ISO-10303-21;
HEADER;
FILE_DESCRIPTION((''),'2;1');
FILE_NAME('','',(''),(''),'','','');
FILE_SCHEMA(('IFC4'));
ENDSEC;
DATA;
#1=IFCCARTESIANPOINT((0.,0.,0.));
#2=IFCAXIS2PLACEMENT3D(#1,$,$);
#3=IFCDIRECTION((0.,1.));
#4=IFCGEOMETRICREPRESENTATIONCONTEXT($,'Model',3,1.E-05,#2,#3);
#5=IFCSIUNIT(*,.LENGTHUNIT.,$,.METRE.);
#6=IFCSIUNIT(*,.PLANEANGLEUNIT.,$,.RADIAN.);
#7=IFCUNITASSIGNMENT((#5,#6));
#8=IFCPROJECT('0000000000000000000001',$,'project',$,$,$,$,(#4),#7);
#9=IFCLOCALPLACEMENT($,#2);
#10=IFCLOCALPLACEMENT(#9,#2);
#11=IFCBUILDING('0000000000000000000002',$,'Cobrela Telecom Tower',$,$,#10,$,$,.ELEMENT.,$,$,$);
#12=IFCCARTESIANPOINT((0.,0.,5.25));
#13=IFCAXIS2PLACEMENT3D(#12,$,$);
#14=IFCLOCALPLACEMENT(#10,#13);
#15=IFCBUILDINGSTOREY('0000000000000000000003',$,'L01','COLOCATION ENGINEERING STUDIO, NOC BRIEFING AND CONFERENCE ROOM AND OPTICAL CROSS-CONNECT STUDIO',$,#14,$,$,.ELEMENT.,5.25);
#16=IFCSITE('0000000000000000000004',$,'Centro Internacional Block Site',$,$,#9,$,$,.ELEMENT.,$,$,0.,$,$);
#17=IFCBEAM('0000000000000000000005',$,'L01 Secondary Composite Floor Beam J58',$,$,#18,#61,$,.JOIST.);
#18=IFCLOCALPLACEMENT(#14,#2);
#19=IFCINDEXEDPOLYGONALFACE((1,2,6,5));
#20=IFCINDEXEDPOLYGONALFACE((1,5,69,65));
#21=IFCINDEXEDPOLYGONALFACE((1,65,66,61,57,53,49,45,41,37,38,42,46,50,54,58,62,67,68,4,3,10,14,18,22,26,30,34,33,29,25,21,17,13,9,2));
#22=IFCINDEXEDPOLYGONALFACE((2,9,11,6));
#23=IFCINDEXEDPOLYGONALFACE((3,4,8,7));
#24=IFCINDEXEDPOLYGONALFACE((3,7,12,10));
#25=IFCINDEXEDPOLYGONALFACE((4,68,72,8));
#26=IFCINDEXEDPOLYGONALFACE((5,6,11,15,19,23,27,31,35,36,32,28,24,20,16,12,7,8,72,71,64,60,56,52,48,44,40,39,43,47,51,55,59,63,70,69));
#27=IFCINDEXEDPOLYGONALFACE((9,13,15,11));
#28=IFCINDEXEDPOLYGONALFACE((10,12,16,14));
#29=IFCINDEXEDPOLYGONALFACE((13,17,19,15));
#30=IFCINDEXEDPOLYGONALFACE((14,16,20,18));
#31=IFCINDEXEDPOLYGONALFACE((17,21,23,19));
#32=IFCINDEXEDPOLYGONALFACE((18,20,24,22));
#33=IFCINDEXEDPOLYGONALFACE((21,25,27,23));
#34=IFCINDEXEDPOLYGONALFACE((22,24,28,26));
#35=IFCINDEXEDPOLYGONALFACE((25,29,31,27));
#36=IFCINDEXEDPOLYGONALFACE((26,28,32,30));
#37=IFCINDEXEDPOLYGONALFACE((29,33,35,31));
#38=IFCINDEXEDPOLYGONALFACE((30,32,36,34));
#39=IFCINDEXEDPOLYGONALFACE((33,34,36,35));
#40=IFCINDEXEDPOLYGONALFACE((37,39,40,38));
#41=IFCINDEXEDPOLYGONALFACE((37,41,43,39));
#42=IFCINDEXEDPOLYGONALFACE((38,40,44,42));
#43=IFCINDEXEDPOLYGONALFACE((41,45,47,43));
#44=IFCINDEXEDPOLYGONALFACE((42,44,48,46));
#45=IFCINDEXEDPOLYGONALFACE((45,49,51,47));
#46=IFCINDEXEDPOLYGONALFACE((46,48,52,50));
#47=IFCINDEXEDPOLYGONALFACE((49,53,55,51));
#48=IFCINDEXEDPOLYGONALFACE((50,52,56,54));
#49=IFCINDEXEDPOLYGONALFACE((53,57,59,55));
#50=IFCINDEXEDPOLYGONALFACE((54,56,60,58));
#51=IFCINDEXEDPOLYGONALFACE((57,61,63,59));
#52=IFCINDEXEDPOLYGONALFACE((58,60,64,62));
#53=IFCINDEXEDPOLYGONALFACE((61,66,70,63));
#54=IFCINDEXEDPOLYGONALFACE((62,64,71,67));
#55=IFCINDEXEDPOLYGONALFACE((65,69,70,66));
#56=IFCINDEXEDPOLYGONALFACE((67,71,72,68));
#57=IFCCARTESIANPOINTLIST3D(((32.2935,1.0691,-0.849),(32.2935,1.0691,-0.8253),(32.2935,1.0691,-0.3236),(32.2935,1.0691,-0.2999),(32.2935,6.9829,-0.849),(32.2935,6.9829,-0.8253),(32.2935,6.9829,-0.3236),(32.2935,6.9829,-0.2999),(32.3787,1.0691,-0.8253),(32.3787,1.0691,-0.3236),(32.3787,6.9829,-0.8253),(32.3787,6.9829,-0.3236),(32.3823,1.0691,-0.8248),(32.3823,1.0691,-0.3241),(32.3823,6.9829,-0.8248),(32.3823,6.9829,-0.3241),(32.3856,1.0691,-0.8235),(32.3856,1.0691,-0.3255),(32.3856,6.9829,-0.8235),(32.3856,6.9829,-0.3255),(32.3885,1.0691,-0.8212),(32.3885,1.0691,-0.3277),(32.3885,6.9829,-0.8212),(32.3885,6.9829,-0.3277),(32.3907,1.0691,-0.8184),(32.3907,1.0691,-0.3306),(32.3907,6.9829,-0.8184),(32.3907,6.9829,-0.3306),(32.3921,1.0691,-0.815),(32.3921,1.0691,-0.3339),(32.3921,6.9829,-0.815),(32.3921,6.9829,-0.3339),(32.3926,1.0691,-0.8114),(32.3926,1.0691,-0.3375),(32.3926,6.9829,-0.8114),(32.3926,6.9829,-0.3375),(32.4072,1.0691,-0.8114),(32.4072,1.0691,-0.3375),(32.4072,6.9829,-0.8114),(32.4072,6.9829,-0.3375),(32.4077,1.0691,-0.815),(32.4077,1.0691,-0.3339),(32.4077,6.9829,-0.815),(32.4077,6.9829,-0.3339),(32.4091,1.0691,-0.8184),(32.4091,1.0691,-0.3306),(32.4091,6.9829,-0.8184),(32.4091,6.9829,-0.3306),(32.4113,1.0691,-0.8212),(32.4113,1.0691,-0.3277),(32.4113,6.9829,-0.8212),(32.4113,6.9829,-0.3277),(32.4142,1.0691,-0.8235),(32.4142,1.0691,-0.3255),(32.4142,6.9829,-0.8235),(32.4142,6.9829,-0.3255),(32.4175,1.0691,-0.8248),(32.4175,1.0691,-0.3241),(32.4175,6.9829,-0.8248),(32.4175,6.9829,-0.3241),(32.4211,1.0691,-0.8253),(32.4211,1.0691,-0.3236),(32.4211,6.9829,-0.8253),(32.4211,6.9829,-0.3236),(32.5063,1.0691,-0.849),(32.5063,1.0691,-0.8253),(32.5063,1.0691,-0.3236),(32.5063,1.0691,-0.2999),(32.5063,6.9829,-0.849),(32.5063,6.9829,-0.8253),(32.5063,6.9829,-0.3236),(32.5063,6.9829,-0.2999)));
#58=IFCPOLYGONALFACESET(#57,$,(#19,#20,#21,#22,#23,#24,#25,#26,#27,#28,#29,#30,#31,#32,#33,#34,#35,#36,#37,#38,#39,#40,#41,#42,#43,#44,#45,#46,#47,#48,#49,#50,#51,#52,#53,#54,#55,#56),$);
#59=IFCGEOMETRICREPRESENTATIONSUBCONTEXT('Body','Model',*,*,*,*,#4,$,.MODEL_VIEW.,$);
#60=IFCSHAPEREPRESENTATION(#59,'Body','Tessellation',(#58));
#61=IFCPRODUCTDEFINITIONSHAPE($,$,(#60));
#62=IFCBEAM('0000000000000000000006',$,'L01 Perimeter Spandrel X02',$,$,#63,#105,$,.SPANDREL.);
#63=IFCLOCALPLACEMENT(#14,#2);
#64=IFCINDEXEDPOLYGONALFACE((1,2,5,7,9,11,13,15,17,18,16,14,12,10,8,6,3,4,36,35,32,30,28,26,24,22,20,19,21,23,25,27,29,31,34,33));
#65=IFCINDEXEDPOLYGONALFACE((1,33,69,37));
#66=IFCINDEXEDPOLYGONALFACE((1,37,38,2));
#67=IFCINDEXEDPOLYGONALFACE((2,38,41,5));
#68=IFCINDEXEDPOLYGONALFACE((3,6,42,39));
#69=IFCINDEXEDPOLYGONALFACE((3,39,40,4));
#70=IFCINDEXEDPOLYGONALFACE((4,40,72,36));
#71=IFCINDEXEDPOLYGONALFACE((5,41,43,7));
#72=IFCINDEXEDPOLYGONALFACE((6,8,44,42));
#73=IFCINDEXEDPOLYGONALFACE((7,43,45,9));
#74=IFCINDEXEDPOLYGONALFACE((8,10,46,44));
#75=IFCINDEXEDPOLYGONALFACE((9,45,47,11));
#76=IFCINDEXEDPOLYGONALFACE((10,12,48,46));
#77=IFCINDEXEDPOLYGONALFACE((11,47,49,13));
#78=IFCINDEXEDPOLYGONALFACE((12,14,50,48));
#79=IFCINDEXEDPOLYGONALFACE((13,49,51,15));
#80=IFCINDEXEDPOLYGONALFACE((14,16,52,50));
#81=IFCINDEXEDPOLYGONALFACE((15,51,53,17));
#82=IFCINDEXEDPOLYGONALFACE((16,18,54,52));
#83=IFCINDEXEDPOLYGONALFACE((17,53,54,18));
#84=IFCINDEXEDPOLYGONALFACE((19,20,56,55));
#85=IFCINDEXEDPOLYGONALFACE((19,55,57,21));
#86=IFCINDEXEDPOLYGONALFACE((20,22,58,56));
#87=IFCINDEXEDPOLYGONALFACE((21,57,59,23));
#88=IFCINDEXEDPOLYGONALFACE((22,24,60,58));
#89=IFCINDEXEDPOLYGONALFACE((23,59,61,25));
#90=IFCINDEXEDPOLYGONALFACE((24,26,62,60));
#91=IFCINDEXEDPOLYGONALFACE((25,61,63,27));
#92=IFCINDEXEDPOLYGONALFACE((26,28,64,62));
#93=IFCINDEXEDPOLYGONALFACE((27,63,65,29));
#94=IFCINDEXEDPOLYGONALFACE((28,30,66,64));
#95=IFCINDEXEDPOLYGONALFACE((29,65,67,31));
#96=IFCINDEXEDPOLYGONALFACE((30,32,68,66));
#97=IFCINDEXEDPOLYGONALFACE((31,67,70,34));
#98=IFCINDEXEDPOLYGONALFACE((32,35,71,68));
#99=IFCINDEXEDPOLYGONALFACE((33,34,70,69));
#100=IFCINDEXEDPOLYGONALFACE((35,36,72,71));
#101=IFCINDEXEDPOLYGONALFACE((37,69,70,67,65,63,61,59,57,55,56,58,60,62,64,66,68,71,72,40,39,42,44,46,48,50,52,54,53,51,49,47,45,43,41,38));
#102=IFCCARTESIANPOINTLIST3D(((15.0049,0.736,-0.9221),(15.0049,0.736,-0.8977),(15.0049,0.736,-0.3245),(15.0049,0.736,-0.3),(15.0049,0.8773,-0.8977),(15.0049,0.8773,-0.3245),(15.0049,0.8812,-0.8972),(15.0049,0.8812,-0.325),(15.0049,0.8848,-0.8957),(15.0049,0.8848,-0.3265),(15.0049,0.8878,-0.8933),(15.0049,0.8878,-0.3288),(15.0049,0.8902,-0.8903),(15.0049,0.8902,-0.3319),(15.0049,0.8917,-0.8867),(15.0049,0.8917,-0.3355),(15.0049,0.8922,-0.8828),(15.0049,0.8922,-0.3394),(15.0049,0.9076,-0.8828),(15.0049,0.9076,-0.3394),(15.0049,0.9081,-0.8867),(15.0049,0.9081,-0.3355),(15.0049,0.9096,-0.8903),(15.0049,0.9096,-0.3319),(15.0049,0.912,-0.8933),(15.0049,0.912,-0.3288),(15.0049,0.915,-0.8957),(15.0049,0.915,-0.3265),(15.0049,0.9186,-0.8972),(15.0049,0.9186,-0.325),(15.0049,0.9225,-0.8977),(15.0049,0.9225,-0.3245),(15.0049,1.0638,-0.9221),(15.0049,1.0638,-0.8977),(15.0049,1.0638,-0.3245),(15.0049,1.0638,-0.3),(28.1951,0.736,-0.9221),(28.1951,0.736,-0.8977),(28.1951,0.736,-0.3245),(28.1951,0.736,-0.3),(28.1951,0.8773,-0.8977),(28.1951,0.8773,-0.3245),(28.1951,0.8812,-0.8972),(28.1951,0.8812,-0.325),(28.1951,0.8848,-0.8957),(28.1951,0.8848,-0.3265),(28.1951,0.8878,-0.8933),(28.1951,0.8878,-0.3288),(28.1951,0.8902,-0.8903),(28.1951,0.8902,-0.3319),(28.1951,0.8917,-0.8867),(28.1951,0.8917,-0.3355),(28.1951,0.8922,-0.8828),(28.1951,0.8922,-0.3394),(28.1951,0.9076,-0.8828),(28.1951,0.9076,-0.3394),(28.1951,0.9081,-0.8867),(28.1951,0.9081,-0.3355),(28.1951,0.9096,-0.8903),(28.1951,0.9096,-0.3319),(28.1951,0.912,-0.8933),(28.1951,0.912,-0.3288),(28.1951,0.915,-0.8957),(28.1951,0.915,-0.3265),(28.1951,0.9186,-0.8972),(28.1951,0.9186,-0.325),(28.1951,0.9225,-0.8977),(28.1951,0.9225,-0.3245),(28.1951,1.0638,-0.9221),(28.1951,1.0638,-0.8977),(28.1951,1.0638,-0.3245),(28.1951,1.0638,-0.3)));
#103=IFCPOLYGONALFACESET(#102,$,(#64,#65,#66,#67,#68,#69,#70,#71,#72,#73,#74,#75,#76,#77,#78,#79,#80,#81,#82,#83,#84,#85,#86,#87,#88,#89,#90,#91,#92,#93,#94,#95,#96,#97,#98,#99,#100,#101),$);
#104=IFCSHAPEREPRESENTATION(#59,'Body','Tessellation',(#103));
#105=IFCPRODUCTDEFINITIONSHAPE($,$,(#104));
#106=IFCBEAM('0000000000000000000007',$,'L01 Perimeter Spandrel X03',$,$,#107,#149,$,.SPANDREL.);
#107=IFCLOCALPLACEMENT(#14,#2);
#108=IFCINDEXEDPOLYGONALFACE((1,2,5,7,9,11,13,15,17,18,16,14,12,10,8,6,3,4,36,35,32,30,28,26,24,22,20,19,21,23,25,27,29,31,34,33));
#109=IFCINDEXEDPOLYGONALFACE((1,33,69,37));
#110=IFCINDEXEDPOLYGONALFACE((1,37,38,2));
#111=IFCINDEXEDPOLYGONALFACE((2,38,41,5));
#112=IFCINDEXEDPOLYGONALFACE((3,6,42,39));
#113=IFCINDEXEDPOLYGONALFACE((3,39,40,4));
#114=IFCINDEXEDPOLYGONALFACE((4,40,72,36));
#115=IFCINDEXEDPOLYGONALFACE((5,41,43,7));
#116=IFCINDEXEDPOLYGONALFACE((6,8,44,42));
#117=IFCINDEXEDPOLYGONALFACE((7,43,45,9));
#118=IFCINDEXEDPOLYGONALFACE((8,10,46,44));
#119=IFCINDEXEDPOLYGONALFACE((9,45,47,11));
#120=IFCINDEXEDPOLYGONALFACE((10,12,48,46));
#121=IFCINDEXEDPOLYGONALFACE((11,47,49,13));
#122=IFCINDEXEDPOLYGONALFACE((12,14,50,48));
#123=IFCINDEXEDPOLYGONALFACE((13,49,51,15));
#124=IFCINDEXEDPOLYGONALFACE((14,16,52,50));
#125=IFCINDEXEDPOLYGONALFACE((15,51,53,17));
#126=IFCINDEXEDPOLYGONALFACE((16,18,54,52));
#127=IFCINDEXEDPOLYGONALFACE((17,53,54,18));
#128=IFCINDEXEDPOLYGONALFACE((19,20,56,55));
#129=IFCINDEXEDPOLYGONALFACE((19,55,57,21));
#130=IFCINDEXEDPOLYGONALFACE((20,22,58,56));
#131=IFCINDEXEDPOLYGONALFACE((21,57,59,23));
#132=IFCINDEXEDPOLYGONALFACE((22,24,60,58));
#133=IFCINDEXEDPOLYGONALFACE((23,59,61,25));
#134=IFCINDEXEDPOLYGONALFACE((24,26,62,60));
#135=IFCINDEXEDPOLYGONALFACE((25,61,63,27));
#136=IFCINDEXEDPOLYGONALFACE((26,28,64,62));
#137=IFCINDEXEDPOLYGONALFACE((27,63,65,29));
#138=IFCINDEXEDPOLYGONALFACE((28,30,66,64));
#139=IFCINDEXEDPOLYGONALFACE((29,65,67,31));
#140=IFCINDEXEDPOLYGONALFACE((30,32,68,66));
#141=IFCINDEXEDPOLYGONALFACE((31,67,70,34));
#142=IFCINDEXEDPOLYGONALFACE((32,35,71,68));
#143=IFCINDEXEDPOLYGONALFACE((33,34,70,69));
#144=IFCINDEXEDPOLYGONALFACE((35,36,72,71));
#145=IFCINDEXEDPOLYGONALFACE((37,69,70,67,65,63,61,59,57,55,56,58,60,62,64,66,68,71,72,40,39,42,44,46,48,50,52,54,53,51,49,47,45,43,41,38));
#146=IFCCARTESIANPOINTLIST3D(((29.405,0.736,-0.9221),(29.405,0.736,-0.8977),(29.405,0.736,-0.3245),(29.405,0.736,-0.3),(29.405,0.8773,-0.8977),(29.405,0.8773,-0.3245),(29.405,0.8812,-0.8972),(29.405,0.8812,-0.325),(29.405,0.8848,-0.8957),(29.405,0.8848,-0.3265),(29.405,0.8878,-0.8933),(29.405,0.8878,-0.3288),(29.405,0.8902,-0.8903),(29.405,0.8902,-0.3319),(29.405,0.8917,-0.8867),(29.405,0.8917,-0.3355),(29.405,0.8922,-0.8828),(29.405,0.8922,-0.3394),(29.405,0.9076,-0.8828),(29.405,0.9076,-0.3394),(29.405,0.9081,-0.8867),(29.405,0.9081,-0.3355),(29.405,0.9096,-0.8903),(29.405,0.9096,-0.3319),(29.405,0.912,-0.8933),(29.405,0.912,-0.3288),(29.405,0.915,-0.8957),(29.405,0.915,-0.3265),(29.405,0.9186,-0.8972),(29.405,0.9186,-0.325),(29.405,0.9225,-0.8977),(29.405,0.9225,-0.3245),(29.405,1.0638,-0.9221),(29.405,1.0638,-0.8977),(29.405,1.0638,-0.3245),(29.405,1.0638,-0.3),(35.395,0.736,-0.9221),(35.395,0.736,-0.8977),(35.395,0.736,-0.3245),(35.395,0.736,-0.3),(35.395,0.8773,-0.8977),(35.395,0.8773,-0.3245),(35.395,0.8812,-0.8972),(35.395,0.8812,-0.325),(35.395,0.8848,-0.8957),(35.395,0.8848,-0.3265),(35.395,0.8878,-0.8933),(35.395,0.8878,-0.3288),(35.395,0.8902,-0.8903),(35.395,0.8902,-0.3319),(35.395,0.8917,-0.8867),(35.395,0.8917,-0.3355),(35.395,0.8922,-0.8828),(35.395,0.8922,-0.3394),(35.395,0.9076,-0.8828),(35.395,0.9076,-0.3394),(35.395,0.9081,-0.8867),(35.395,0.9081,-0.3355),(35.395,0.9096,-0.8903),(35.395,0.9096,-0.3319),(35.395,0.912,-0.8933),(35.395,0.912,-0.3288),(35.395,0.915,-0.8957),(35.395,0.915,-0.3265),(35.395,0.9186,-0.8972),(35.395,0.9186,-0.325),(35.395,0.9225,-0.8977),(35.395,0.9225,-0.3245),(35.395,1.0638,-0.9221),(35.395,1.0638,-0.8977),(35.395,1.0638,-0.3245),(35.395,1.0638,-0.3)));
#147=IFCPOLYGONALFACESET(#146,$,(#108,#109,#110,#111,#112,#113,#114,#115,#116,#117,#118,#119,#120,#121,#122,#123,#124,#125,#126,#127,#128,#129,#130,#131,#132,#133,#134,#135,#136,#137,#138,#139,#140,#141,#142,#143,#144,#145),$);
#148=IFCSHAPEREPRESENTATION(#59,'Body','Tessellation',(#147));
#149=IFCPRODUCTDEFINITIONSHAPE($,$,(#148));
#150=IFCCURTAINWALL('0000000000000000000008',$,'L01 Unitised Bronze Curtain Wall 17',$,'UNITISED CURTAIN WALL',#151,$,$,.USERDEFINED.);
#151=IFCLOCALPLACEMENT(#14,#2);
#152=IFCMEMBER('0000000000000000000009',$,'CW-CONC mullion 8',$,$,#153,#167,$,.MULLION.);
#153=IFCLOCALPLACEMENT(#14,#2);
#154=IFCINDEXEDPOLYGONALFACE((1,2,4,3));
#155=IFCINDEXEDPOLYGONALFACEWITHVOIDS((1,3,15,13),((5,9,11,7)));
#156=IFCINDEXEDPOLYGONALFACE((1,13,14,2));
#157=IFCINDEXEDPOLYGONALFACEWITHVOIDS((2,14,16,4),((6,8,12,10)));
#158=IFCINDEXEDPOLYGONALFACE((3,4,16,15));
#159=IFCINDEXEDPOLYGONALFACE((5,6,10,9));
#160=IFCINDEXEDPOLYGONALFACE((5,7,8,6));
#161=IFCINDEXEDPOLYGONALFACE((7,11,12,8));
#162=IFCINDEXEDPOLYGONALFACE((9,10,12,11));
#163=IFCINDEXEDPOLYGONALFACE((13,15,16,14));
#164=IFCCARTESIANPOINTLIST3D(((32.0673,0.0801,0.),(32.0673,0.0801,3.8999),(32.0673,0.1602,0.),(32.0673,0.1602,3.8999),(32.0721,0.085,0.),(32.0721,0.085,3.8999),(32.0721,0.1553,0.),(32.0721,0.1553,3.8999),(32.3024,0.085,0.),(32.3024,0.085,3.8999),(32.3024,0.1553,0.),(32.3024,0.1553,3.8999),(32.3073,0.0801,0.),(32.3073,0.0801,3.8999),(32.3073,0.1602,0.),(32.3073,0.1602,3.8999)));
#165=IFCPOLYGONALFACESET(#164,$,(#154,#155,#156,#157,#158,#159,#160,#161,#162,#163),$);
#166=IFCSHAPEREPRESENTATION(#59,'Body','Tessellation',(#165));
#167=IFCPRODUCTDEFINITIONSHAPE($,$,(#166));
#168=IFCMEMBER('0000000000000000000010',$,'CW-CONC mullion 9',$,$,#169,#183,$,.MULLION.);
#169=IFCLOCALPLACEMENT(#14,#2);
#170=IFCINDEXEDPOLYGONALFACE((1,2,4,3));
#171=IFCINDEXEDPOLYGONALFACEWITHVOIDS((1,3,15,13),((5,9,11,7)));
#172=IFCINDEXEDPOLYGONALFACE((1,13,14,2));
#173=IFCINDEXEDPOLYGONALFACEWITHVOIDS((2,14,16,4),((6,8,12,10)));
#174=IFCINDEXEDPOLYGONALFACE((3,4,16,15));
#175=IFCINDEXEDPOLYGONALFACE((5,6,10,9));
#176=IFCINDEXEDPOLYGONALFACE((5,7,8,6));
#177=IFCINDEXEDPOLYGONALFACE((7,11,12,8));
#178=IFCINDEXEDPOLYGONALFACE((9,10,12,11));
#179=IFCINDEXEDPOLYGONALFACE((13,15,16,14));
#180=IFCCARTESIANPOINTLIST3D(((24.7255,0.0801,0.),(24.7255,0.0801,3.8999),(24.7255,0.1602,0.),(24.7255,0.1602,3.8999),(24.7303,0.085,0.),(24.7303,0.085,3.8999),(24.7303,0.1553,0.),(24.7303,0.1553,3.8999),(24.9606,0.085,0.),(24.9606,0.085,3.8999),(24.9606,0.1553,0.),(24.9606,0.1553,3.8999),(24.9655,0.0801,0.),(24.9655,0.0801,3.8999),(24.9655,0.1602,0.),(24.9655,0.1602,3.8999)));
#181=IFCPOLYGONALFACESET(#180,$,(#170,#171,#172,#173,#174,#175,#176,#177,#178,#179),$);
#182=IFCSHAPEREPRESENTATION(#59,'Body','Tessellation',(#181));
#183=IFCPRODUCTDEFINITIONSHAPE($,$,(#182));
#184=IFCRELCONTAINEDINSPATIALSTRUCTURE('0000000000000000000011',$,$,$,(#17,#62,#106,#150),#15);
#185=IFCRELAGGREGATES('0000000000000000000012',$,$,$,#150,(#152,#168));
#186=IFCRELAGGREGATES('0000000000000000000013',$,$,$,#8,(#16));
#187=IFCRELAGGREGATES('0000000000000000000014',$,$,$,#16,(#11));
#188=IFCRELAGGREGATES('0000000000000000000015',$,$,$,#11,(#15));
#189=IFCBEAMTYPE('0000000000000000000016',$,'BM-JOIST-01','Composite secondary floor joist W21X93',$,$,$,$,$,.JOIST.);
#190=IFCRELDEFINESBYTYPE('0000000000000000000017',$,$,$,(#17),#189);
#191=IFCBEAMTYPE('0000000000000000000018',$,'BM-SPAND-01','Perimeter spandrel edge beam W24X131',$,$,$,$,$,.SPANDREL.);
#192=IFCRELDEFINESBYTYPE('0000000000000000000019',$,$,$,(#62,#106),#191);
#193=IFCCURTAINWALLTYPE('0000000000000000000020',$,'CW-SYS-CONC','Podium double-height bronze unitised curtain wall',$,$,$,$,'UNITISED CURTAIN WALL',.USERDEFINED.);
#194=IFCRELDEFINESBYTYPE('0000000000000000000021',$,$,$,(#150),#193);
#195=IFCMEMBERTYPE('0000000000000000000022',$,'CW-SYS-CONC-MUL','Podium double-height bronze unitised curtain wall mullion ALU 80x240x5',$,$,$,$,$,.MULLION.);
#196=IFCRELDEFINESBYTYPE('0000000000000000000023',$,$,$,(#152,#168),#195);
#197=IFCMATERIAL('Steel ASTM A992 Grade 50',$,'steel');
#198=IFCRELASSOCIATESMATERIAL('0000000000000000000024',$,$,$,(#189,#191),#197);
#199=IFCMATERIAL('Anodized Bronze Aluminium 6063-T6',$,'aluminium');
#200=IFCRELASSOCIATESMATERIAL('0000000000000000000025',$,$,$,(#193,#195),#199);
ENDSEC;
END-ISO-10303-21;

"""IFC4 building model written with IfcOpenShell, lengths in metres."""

from ifc_helpers import new_model, si_unit, direction, frame, origin, origin_2d, place, context, subcontext, project, spatial, hollow_rectangle, i_section, extrude, material, material_profile, profile_set, type_object, element, aggregate, save


model = new_model("IFC4")

# Units and contexts
model_context = context("Model", 3, precision=1e-05, world=origin(), true_north=direction((0.0, 1.0)))
body_context = subcontext(model_context, "Body", "Model", "MODEL_VIEW")
ifc_project = project(units=[si_unit("LENGTHUNIT", "METRE"), si_unit("PLANEANGLEUNIT", "RADIAN")], contexts=[model_context])

# Site, building, storey
site_placement = place(None, origin())
site = spatial("IfcSite", under=ifc_project, at=site_placement, Name="Centro Internacional Block Site", CompositionType="ELEMENT", RefElevation=0.0)
building_placement = place(site_placement, origin())
building = spatial("IfcBuilding", under=site, at=building_placement, Name="Cobrela Telecom Tower", CompositionType="ELEMENT")
storey_placement = place(building_placement, frame((0.0, 0.0, 5.25)))
storey = spatial("IfcBuildingStorey", under=building, at=storey_placement, Name="L01", Description="COLOCATION ENGINEERING STUDIO, NOC BRIEFING AND CONFERENCE ROOM AND OPTICAL CROSS-CONNECT STUDIO", CompositionType="ELEMENT", Elevation=5.25)

# Beams
ifc_material_1 = material(Name="Steel ASTM A992 Grade 50", Category="steel")
ifc_material_profile_1 = material_profile(ifc_material_1, i_section(OverallWidth=0.2129, OverallDepth=0.5491, WebThickness=0.0146, FlangeThickness=0.0237, FilletRadius=0.0139, at=origin_2d()), Name="W21X93")
ifc_profile_set_1 = profile_set([ifc_material_profile_1], Name="Steel ASTM A992 Grade 50")
beam_type_1 = type_object("IfcBeamType", Name="BM-JOIST-01", Description="Composite secondary floor joist W21X93", PredefinedType="JOIST", material=ifc_profile_set_1)
for number, where, z_axis, x_axis, name in (
    (1, (32.3999, 1.0691, -0.5745), (0.0, 1.0, 0.0), (-1.0, 0.0, 0.0), "L01 Secondary Composite Floor Beam J58"),
):
    element("IfcBeam", number, at=place(storey_placement, frame(where, z_axis=z_axis, x_axis=x_axis)), inside=storey, type_object=beam_type_1, Name=name, PredefinedType="JOIST", context=body_context, shape_type="SweptSolid", body=[
        extrude(i_section(OverallWidth=0.2129, OverallDepth=0.5491, WebThickness=0.0146, FlangeThickness=0.0237, FilletRadius=0.0139, at=origin_2d()), origin(), (0.0, 0.0, 1.0), 5.9138),
    ])
ifc_material_profile_2 = material_profile(ifc_material_1, i_section(OverallWidth=0.3279, OverallDepth=0.6221, WebThickness=0.0154, FlangeThickness=0.0244, FilletRadius=0.0149, at=origin_2d()), Name="W24X131")
ifc_profile_set_2 = profile_set([ifc_material_profile_2], Name="Steel ASTM A992 Grade 50")
beam_type_2 = type_object("IfcBeamType", Name="BM-SPAND-01", Description="Perimeter spandrel edge beam W24X131", PredefinedType="SPANDREL", material=ifc_profile_set_2)
beam_1_placement = place(storey_placement, frame((15.0049, 0.8999, -0.6111), z_axis=(1.0, 0.0, 0.0), x_axis=(0.0, 1.0, 0.0)))
element("IfcBeam", 2, at=beam_1_placement, inside=storey, type_object=beam_type_2, Name="L01 Perimeter Spandrel X02", PredefinedType="SPANDREL", context=body_context, shape_type="SweptSolid", body=[
    extrude(i_section(OverallWidth=0.3279, OverallDepth=0.6221, WebThickness=0.0154, FlangeThickness=0.0244, FilletRadius=0.0149, at=origin_2d()), origin(), (0.0, 0.0, 1.0), 13.1902),
])
beam_2_placement = place(storey_placement, frame((29.405, 0.8999, -0.6111), z_axis=(1.0, 0.0, 0.0), x_axis=(0.0, 1.0, 0.0)))
element("IfcBeam", 3, at=beam_2_placement, inside=storey, type_object=beam_type_2, Name="L01 Perimeter Spandrel X03", PredefinedType="SPANDREL", context=body_context, shape_type="SweptSolid", body=[
    extrude(i_section(OverallWidth=0.3279, OverallDepth=0.6221, WebThickness=0.0154, FlangeThickness=0.0244, FilletRadius=0.0149, at=origin_2d()), origin(), (0.0, 0.0, 1.0), 5.99),
])

# Curtain wall, members
ifc_material_2 = material(Name="Anodized Bronze Aluminium 6063-T6", Category="aluminium")
curtain_wall_type = type_object("IfcCurtainWallType", Name="CW-SYS-CONC", Description="Podium double-height bronze unitised curtain wall", ElementType="UNITISED CURTAIN WALL", PredefinedType="USERDEFINED", material=ifc_material_2)
curtain_wall_placement = place(storey_placement, origin())
curtain_wall = element("IfcCurtainWall", 4, at=curtain_wall_placement, inside=storey, type_object=curtain_wall_type, Name="L01 Unitised Bronze Curtain Wall 17", ObjectType="UNITISED CURTAIN WALL", PredefinedType="USERDEFINED")
ifc_material_profile_3 = material_profile(ifc_material_2, hollow_rectangle(XDim=0.0801, YDim=0.24, WallThickness=0.0049, at=origin_2d()), Name="ALU 80x240x5")
ifc_profile_set_3 = profile_set([ifc_material_profile_3], Name="Anodized Bronze Aluminium 6063-T6")
member_type_1 = type_object("IfcMemberType", Name="CW-SYS-CONC-MUL", Description="Podium double-height bronze unitised curtain wall mullion ALU 80x240x5", PredefinedType="MULLION", material=ifc_profile_set_3)
member_1_placement = place(storey_placement, frame((32.1873, 0.1201, 0.0), z_axis=(0.0, 0.0, 1.0), x_axis=(0.0, -1.0, 0.0)))
member_1 = element("IfcMember", 5, at=member_1_placement, type_object=member_type_1, Name="CW-CONC mullion 8", PredefinedType="MULLION", context=body_context, shape_type="SweptSolid", body=[
    extrude(hollow_rectangle(XDim=0.0801, YDim=0.24, WallThickness=0.0049, at=origin_2d()), origin(), (0.0, 0.0, 1.0), 3.8999),
])
member_2_placement = place(storey_placement, frame((24.8455, 0.1201, 0.0), z_axis=(0.0, 0.0, 1.0), x_axis=(0.0, -1.0, 0.0)))
member_2 = element("IfcMember", 6, at=member_2_placement, type_object=member_type_1, Name="CW-CONC mullion 9", PredefinedType="MULLION", context=body_context, shape_type="SweptSolid", body=[
    extrude(hollow_rectangle(XDim=0.0801, YDim=0.24, WallThickness=0.0049, at=origin_2d()), origin(), (0.0, 0.0, 1.0), 3.8999),
])
aggregate(curtain_wall, [member_1, member_2])

save(model, "model.ifc")
